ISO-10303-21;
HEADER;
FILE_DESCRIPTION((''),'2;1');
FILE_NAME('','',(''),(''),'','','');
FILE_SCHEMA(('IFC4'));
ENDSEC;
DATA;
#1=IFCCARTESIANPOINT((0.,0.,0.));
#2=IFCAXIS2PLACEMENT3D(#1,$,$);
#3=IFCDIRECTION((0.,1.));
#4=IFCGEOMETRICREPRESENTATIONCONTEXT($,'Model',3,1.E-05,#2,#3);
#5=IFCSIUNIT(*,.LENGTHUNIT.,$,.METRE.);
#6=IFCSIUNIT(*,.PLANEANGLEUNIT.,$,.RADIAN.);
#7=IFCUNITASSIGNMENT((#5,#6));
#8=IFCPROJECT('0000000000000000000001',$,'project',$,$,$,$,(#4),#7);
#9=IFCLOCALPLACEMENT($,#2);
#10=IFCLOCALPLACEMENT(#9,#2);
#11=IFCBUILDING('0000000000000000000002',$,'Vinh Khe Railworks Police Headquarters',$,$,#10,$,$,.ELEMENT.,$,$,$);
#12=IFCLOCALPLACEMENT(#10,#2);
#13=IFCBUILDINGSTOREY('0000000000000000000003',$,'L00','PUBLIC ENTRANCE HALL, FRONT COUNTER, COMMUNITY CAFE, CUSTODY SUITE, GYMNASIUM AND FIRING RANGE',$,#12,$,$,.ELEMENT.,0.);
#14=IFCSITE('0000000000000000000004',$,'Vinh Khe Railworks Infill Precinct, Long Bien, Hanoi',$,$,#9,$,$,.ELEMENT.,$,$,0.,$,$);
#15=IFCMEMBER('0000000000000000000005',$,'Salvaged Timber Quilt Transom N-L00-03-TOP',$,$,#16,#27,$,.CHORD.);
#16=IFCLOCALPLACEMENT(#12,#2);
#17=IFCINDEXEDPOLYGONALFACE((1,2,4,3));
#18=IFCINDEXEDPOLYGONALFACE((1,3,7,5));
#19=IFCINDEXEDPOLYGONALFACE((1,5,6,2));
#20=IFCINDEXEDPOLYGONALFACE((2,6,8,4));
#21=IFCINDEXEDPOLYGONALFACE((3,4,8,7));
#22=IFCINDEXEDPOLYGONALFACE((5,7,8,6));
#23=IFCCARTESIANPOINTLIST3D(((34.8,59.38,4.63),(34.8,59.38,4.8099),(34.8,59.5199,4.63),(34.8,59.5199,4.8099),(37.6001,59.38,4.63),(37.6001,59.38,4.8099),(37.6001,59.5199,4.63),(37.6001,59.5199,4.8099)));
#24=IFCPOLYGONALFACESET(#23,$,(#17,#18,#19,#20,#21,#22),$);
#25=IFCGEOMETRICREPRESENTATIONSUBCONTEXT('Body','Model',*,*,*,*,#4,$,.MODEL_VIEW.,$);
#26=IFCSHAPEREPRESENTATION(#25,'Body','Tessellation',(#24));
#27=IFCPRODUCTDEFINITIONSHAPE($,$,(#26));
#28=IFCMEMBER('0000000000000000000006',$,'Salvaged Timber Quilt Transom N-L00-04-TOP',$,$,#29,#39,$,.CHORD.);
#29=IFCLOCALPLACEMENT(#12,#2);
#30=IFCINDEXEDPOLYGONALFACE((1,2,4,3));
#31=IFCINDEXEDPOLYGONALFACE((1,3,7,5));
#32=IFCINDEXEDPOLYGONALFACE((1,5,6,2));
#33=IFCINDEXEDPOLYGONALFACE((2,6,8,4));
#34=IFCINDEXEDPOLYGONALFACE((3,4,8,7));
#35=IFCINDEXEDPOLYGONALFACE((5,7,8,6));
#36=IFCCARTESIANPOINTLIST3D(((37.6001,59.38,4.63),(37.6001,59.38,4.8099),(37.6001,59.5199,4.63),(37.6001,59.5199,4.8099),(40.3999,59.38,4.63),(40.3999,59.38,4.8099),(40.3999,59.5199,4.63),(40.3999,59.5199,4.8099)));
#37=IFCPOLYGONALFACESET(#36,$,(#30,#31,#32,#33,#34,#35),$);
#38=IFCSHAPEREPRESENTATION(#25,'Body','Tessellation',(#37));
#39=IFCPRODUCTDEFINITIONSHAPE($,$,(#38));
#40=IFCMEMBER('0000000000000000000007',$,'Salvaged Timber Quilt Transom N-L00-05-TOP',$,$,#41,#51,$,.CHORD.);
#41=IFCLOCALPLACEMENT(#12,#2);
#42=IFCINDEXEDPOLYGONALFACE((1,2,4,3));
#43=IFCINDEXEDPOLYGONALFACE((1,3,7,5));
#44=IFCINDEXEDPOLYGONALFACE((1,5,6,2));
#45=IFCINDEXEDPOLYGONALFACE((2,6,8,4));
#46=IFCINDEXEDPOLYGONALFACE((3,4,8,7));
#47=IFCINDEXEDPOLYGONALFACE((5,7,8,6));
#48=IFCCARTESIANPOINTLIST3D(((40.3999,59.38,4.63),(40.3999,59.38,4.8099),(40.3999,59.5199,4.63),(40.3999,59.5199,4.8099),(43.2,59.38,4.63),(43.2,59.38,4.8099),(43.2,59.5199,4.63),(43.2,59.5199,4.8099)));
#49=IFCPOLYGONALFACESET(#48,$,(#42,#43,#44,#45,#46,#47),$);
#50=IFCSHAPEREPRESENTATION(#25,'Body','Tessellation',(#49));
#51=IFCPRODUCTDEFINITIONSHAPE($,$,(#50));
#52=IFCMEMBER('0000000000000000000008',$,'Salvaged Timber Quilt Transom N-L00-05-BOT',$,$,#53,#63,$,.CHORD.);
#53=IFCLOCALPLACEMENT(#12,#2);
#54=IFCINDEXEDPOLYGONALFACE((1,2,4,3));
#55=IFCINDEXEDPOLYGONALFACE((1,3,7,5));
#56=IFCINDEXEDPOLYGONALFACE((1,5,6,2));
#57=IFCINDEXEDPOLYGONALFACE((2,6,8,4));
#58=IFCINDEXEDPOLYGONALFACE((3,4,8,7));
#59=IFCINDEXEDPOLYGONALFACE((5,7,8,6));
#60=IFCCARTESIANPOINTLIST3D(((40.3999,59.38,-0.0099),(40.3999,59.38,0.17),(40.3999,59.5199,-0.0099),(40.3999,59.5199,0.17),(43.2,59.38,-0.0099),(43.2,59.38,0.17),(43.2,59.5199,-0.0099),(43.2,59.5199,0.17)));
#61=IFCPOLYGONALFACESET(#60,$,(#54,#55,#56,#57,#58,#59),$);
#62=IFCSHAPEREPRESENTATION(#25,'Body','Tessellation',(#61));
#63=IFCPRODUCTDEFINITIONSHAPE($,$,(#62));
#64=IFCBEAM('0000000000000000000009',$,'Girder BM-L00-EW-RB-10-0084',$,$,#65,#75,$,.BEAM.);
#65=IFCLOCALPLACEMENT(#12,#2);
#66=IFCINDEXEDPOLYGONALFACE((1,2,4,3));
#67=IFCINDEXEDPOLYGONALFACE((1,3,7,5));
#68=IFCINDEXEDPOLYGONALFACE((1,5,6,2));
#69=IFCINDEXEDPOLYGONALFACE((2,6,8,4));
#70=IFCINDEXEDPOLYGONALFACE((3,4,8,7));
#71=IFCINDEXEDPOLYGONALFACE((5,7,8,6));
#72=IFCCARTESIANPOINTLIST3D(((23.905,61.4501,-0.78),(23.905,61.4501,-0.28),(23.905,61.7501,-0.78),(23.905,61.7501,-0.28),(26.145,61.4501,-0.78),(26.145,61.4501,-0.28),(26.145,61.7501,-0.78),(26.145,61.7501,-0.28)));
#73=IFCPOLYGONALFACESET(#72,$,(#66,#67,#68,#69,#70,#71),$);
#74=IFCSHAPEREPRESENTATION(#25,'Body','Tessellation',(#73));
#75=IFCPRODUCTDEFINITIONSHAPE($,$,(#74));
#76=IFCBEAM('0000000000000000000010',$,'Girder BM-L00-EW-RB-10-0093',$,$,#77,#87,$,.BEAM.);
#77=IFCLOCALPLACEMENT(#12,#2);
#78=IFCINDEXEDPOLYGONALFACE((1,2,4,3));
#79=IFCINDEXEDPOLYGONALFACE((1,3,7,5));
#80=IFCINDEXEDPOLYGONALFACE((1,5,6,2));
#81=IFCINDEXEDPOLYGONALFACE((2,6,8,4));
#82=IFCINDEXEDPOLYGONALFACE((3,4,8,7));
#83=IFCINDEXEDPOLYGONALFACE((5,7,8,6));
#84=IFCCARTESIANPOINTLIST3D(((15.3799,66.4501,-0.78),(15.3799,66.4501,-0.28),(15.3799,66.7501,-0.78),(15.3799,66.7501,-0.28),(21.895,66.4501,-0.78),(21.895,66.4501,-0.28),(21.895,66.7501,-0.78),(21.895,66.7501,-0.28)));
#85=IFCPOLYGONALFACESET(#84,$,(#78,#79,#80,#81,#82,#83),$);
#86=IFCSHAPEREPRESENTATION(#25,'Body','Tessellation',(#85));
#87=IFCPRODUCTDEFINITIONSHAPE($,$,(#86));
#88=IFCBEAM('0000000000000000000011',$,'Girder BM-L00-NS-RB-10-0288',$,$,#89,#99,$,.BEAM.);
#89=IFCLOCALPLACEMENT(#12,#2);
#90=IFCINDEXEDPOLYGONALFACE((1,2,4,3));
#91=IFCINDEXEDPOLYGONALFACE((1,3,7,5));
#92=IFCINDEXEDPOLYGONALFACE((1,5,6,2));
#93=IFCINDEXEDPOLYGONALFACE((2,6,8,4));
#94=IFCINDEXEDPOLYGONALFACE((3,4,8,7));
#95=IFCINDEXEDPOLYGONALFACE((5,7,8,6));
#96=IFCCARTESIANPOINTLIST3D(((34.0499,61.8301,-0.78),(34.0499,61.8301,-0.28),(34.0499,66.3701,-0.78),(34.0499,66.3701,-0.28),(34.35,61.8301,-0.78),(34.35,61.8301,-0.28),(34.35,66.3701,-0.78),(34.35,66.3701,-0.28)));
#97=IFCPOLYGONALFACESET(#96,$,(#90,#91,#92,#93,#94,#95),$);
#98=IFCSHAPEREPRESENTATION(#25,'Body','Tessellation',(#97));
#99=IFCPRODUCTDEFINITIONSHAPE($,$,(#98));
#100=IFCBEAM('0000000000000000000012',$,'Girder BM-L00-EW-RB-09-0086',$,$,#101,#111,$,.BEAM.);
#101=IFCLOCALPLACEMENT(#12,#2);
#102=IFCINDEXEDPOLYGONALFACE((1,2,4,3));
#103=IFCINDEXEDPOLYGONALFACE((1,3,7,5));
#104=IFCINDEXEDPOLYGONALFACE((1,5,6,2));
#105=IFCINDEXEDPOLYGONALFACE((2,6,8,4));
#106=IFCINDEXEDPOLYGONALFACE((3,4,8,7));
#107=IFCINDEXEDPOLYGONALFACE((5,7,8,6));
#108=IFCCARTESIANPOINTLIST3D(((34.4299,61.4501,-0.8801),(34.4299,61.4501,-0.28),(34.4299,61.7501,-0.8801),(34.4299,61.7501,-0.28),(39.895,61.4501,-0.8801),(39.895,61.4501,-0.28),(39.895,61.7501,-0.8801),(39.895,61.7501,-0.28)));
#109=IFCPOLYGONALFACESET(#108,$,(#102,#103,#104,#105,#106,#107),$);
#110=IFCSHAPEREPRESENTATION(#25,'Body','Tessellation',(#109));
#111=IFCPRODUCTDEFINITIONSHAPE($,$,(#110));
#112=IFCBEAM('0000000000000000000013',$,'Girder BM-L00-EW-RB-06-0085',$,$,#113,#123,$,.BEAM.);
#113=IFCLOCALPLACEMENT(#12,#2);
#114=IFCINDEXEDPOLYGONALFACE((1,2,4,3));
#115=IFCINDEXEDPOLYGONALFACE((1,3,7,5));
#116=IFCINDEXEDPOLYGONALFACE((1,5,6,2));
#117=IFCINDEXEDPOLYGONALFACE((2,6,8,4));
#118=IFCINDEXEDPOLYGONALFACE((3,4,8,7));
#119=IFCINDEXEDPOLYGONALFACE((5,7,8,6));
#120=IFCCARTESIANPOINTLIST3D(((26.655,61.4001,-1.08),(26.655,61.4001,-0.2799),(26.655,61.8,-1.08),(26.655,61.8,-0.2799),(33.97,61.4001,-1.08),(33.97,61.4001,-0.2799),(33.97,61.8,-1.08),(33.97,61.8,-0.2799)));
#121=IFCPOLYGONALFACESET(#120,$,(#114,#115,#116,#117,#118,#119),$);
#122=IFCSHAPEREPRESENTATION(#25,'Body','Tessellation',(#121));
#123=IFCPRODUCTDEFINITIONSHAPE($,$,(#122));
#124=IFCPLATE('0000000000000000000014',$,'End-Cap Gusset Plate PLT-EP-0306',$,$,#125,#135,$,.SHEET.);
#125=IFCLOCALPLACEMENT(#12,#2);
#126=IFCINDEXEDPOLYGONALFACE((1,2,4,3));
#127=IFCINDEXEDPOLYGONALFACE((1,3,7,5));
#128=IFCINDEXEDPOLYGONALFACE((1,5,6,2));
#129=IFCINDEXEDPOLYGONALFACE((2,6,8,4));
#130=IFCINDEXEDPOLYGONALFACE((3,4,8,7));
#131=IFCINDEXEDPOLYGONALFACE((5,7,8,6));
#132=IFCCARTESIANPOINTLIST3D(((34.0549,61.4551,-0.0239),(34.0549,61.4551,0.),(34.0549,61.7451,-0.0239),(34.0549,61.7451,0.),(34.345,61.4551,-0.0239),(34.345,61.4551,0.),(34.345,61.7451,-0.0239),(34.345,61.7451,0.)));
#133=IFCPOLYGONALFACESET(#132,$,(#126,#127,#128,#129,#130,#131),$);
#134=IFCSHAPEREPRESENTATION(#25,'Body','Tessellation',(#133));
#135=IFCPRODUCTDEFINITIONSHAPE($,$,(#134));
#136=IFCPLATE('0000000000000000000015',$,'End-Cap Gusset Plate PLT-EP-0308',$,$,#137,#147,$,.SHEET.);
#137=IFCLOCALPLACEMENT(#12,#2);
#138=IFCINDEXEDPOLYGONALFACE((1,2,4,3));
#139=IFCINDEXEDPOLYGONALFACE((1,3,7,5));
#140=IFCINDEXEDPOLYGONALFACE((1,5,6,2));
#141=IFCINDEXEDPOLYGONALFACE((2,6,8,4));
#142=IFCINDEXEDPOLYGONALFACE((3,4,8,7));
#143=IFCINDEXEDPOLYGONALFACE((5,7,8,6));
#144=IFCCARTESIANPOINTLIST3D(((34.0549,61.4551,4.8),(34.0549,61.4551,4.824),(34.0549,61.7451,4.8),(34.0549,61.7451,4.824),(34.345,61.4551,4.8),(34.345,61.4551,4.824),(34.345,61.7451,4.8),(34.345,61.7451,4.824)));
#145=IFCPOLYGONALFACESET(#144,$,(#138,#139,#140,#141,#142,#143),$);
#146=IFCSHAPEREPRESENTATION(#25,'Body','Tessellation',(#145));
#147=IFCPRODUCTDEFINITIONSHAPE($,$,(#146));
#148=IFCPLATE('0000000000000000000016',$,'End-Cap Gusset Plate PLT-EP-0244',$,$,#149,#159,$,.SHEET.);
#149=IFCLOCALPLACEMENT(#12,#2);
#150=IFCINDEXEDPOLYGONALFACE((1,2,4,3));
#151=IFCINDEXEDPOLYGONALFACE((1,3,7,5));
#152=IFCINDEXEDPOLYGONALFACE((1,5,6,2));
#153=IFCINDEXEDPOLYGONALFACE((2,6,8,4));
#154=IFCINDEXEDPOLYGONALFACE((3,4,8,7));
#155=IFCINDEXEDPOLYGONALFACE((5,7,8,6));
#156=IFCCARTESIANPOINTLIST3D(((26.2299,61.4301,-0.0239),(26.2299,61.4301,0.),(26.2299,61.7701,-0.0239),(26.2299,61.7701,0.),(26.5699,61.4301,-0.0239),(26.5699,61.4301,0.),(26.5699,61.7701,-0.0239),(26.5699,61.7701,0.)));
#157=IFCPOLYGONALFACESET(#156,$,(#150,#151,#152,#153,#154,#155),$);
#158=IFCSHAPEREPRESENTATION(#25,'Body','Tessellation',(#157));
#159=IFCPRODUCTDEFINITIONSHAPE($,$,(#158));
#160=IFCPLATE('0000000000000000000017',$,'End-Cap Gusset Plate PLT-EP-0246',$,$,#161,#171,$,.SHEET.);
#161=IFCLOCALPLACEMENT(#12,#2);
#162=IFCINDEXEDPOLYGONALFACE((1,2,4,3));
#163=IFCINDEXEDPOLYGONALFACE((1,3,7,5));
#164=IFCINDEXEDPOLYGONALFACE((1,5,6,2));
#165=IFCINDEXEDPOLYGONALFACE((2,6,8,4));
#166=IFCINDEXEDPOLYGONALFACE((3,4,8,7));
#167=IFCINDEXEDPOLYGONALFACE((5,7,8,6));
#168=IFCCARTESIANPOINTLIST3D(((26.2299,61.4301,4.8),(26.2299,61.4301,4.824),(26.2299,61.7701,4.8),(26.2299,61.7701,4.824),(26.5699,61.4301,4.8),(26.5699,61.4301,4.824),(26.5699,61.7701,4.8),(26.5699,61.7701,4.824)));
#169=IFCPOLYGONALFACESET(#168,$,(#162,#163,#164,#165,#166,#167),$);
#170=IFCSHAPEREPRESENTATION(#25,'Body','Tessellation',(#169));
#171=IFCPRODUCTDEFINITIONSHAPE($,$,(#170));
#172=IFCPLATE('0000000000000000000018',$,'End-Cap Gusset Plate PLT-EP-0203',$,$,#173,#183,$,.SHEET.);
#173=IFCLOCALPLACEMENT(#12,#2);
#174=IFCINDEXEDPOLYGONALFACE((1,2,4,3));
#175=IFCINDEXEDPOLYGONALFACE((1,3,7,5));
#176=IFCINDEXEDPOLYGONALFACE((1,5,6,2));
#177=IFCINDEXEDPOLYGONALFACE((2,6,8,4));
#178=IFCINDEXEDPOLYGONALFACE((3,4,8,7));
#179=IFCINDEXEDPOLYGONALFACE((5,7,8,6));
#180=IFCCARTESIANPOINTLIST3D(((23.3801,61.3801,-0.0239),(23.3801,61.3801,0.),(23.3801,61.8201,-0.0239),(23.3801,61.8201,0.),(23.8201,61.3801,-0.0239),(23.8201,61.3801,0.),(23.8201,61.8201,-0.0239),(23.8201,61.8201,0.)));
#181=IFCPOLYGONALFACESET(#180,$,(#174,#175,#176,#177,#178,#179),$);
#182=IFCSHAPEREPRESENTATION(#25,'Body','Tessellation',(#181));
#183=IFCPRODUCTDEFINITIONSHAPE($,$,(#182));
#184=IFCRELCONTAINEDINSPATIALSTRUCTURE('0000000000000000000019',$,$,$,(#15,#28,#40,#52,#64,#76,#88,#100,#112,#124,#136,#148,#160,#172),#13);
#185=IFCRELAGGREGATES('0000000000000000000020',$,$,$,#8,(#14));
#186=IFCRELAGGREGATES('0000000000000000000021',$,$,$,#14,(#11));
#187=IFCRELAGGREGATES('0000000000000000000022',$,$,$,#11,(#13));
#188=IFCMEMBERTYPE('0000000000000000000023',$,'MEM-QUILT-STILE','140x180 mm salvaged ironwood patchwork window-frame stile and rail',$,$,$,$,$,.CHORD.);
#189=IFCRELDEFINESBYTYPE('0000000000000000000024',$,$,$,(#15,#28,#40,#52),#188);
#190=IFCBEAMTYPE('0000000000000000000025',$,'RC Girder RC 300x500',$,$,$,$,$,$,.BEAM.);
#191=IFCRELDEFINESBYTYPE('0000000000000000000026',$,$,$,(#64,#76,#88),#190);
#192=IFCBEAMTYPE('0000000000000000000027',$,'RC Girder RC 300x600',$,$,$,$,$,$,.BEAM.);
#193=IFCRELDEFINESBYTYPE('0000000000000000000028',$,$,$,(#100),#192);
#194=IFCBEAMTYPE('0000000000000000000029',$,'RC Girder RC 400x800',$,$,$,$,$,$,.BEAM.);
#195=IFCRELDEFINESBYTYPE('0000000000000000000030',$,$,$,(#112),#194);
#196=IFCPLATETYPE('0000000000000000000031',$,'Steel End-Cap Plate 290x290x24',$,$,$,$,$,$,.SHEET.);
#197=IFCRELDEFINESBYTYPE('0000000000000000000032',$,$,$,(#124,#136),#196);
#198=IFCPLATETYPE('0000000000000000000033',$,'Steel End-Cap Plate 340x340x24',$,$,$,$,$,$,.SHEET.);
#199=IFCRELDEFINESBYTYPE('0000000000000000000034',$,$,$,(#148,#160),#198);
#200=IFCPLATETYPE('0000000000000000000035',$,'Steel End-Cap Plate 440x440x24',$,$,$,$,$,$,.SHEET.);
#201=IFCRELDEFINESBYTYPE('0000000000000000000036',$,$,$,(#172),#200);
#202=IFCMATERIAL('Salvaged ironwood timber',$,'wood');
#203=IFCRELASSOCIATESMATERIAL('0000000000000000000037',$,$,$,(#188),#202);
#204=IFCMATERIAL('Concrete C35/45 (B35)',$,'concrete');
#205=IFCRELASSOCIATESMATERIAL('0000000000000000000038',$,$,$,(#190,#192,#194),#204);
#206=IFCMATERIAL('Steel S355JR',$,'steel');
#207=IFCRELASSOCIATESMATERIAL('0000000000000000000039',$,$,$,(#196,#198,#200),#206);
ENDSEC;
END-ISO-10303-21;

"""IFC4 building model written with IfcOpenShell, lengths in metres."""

from ifc_helpers import new_model, si_unit, direction, frame, origin, origin_2d, place, context, subcontext, project, spatial, rectangle, extrude, material, material_profile, profile_set, type_object, element, save


model = new_model("IFC4")

# Units and contexts
model_context = context("Model", 3, precision=1e-05, world=origin(), true_north=direction((0.0, 1.0)))
body_context = subcontext(model_context, "Body", "Model", "MODEL_VIEW")
ifc_project = project(units=[si_unit("LENGTHUNIT", "METRE"), si_unit("PLANEANGLEUNIT", "RADIAN")], contexts=[model_context])

# Site, building, storey
site_placement = place(None, origin())
site = spatial("IfcSite", under=ifc_project, at=site_placement, Name="Vinh Khe Railworks Infill Precinct, Long Bien, Hanoi", CompositionType="ELEMENT", RefElevation=0.0)
building_placement = place(site_placement, origin())
building = spatial("IfcBuilding", under=site, at=building_placement, Name="Vinh Khe Railworks Police Headquarters", CompositionType="ELEMENT")
storey_placement = place(building_placement, origin())
storey = spatial("IfcBuildingStorey", under=building, at=storey_placement, Name="L00", Description="PUBLIC ENTRANCE HALL, FRONT COUNTER, COMMUNITY CAFE, CUSTODY SUITE, GYMNASIUM AND FIRING RANGE", CompositionType="ELEMENT", Elevation=0.0)

# Shared definitions
ifc_material_1 = material(Name="Steel S355JR", Category="steel")

# Members
ifc_material_2 = material(Name="Salvaged ironwood timber", Category="wood")
ifc_material_profile_1 = material_profile(ifc_material_2, rectangle(XDim=0.1399, YDim=0.1799, at=origin_2d()), Name="TIMBER 140x180")
ifc_profile_set_1 = profile_set([ifc_material_profile_1], Name="Salvaged ironwood timber")
member_type = type_object("IfcMemberType", Name="MEM-QUILT-STILE", Description="140x180 mm salvaged ironwood patchwork window-frame stile and rail", PredefinedType="CHORD", material=ifc_profile_set_1)
member_1_placement = place(storey_placement, frame((34.8, 59.45, 4.72), z_axis=(1.0, 0.0, 0.0), x_axis=(0.0, 1.0, 0.0)))
element("IfcMember", 1, at=member_1_placement, inside=storey, type_object=member_type, Name="Salvaged Timber Quilt Transom N-L00-03-TOP", PredefinedType="CHORD", context=body_context, shape_type="SweptSolid", body=[
    extrude(rectangle(XDim=0.1399, YDim=0.1799, at=origin_2d()), origin(), (0.0, 0.0, 1.0), 2.8),
])
member_2_placement = place(storey_placement, frame((37.6001, 59.45, 4.72), z_axis=(1.0, 0.0, 0.0), x_axis=(0.0, 1.0, 0.0)))
element("IfcMember", 2, at=member_2_placement, inside=storey, type_object=member_type, Name="Salvaged Timber Quilt Transom N-L00-04-TOP", PredefinedType="CHORD", context=body_context, shape_type="SweptSolid", body=[
    extrude(rectangle(XDim=0.1399, YDim=0.1799, at=origin_2d()), origin(), (0.0, 0.0, 1.0), 2.7998),
])
for number, where, z_axis, x_axis, name in (
    (3, (40.3999, 59.45, 4.72), (1.0, 0.0, 0.0), (0.0, 1.0, 0.0), "Salvaged Timber Quilt Transom N-L00-05-TOP"),
    (4, (40.3999, 59.45, 0.0801), (1.0, 0.0, 0.0), (0.0, 1.0, 0.0), "Salvaged Timber Quilt Transom N-L00-05-BOT"),
):
    element("IfcMember", number, at=place(storey_placement, frame(where, z_axis=z_axis, x_axis=x_axis)), inside=storey, type_object=member_type, Name=name, PredefinedType="CHORD", context=body_context, shape_type="SweptSolid", body=[
        extrude(rectangle(XDim=0.1399, YDim=0.1799, at=origin_2d()), origin(), (0.0, 0.0, 1.0), 2.8),
    ])

# Beams
ifc_material_3 = material(Name="Concrete C35/45 (B35)", Category="concrete")
ifc_material_profile_2 = material_profile(ifc_material_3, rectangle(XDim=0.3, YDim=0.5, at=origin_2d()), Name="RC 300x500")
ifc_profile_set_2 = profile_set([ifc_material_profile_2], Name="Concrete C35/45 (B35)")
beam_type_1 = type_object("IfcBeamType", Name="RC Girder RC 300x500", PredefinedType="BEAM", material=ifc_profile_set_2)
beam_1_placement = place(storey_placement, frame((23.905, 61.6001, -0.53), z_axis=(1.0, 0.0, 0.0), x_axis=(0.0, 1.0, 0.0)))
element("IfcBeam", 5, at=beam_1_placement, inside=storey, type_object=beam_type_1, Name="Girder BM-L00-EW-RB-10-0084", PredefinedType="BEAM", context=body_context, shape_type="SweptSolid", body=[
    extrude(rectangle(XDim=0.3, YDim=0.5, at=origin_2d()), origin(), (0.0, 0.0, 1.0), 2.24),
])
beam_2_placement = place(storey_placement, frame((15.3799, 66.6001, -0.53), z_axis=(1.0, 0.0, 0.0), x_axis=(0.0, 1.0, 0.0)))
element("IfcBeam", 6, at=beam_2_placement, inside=storey, type_object=beam_type_1, Name="Girder BM-L00-EW-RB-10-0093", PredefinedType="BEAM", context=body_context, shape_type="SweptSolid", body=[
    extrude(rectangle(XDim=0.3, YDim=0.5, at=origin_2d()), origin(), (0.0, 0.0, 1.0), 6.5151),
])
beam_3_placement = place(storey_placement, frame((34.2, 61.8301, -0.53), z_axis=(0.0, 1.0, 0.0), x_axis=(-1.0, 0.0, 0.0)))
element("IfcBeam", 7, at=beam_3_placement, inside=storey, type_object=beam_type_1, Name="Girder BM-L00-NS-RB-10-0288", PredefinedType="BEAM", context=body_context, shape_type="SweptSolid", body=[
    extrude(rectangle(XDim=0.3, YDim=0.5, at=origin_2d()), origin(), (0.0, 0.0, 1.0), 4.54),
])
ifc_material_profile_3 = material_profile(ifc_material_3, rectangle(XDim=0.3, YDim=0.6001, at=origin_2d()), Name="RC 300x600")
ifc_profile_set_3 = profile_set([ifc_material_profile_3], Name="Concrete C35/45 (B35)")
beam_type_2 = type_object("IfcBeamType", Name="RC Girder RC 300x600", PredefinedType="BEAM", material=ifc_profile_set_3)
beam_4_placement = place(storey_placement, frame((34.4299, 61.6001, -0.5801), z_axis=(1.0, 0.0, 0.0), x_axis=(0.0, 1.0, 0.0)))
element("IfcBeam", 8, at=beam_4_placement, inside=storey, type_object=beam_type_2, Name="Girder BM-L00-EW-RB-09-0086", PredefinedType="BEAM", context=body_context, shape_type="SweptSolid", body=[
    extrude(rectangle(XDim=0.3, YDim=0.6001, at=origin_2d()), origin(), (0.0, 0.0, 1.0), 5.4651),
])
ifc_material_profile_4 = material_profile(ifc_material_3, rectangle(XDim=0.3999, YDim=0.8, at=origin_2d()), Name="RC 400x800")
ifc_profile_set_4 = profile_set([ifc_material_profile_4], Name="Concrete C35/45 (B35)")
beam_type_3 = type_object("IfcBeamType", Name="RC Girder RC 400x800", PredefinedType="BEAM", material=ifc_profile_set_4)
beam_5_placement = place(storey_placement, frame((26.655, 61.6001, -0.6799), z_axis=(1.0, 0.0, 0.0), x_axis=(0.0, 1.0, 0.0)))
element("IfcBeam", 9, at=beam_5_placement, inside=storey, type_object=beam_type_3, Name="Girder BM-L00-EW-RB-06-0085", PredefinedType="BEAM", context=body_context, shape_type="SweptSolid", body=[
    extrude(rectangle(XDim=0.3999, YDim=0.8, at=origin_2d()), origin(), (0.0, 0.0, 1.0), 7.3149),
])

# Plates
ifc_material_profile_5 = material_profile(ifc_material_1, rectangle(XDim=0.29, YDim=0.29, at=origin_2d()), Name="PL 290x290")
ifc_profile_set_5 = profile_set([ifc_material_profile_5], Name="Steel S355JR")
plate_type_1 = type_object("IfcPlateType", Name="Steel End-Cap Plate 290x290x24", PredefinedType="SHEET", material=ifc_profile_set_5)
for number, where, z_axis, x_axis, name in (
    (10, (34.2, 61.6001, 0.0), (0.0, 0.0, -1.0), (1.0, 0.0, 0.0), "End-Cap Gusset Plate PLT-EP-0306"),
    (11, (34.2, 61.6001, 4.8), (0.0, 0.0, 1.0), (1.0, 0.0, 0.0), "End-Cap Gusset Plate PLT-EP-0308"),
):
    element("IfcPlate", number, at=place(storey_placement, frame(where, z_axis=z_axis, x_axis=x_axis)), inside=storey, type_object=plate_type_1, Name=name, PredefinedType="SHEET", context=body_context, shape_type="SweptSolid", body=[
        extrude(rectangle(XDim=0.29, YDim=0.29, at=origin_2d()), origin(), (0.0, 0.0, 1.0), 0.0239),
    ])
ifc_material_profile_6 = material_profile(ifc_material_1, rectangle(XDim=0.3401, YDim=0.3401, at=origin_2d()), Name="PL 340x340")
ifc_profile_set_6 = profile_set([ifc_material_profile_6], Name="Steel S355JR")
plate_type_2 = type_object("IfcPlateType", Name="Steel End-Cap Plate 340x340x24", PredefinedType="SHEET", material=ifc_profile_set_6)
for number, where, z_axis, x_axis, name in (
    (12, (26.3999, 61.6001, 0.0), (0.0, 0.0, -1.0), (1.0, 0.0, 0.0), "End-Cap Gusset Plate PLT-EP-0244"),
    (13, (26.3999, 61.6001, 4.8), (0.0, 0.0, 1.0), (1.0, 0.0, 0.0), "End-Cap Gusset Plate PLT-EP-0246"),
):
    element("IfcPlate", number, at=place(storey_placement, frame(where, z_axis=z_axis, x_axis=x_axis)), inside=storey, type_object=plate_type_2, Name=name, PredefinedType="SHEET", context=body_context, shape_type="SweptSolid", body=[
        extrude(rectangle(XDim=0.3401, YDim=0.3401, at=origin_2d()), origin(), (0.0, 0.0, 1.0), 0.0239),
    ])
ifc_material_profile_7 = material_profile(ifc_material_1, rectangle(XDim=0.4399, YDim=0.4399, at=origin_2d()), Name="PL 440x440")
ifc_profile_set_7 = profile_set([ifc_material_profile_7], Name="Steel S355JR")
plate_type_3 = type_object("IfcPlateType", Name="Steel End-Cap Plate 440x440x24", PredefinedType="SHEET", material=ifc_profile_set_7)
for number, where, z_axis, x_axis, name in (
    (14, (23.6001, 61.6001, 0.0), (0.0, 0.0, -1.0), (1.0, 0.0, 0.0), "End-Cap Gusset Plate PLT-EP-0203"),
):
    element("IfcPlate", number, at=place(storey_placement, frame(where, z_axis=z_axis, x_axis=x_axis)), inside=storey, type_object=plate_type_3, Name=name, PredefinedType="SHEET", context=body_context, shape_type="SweptSolid", body=[
        extrude(rectangle(XDim=0.4399, YDim=0.4399, at=origin_2d()), origin(), (0.0, 0.0, 1.0), 0.0239),
    ])

save(model, "model.ifc")
